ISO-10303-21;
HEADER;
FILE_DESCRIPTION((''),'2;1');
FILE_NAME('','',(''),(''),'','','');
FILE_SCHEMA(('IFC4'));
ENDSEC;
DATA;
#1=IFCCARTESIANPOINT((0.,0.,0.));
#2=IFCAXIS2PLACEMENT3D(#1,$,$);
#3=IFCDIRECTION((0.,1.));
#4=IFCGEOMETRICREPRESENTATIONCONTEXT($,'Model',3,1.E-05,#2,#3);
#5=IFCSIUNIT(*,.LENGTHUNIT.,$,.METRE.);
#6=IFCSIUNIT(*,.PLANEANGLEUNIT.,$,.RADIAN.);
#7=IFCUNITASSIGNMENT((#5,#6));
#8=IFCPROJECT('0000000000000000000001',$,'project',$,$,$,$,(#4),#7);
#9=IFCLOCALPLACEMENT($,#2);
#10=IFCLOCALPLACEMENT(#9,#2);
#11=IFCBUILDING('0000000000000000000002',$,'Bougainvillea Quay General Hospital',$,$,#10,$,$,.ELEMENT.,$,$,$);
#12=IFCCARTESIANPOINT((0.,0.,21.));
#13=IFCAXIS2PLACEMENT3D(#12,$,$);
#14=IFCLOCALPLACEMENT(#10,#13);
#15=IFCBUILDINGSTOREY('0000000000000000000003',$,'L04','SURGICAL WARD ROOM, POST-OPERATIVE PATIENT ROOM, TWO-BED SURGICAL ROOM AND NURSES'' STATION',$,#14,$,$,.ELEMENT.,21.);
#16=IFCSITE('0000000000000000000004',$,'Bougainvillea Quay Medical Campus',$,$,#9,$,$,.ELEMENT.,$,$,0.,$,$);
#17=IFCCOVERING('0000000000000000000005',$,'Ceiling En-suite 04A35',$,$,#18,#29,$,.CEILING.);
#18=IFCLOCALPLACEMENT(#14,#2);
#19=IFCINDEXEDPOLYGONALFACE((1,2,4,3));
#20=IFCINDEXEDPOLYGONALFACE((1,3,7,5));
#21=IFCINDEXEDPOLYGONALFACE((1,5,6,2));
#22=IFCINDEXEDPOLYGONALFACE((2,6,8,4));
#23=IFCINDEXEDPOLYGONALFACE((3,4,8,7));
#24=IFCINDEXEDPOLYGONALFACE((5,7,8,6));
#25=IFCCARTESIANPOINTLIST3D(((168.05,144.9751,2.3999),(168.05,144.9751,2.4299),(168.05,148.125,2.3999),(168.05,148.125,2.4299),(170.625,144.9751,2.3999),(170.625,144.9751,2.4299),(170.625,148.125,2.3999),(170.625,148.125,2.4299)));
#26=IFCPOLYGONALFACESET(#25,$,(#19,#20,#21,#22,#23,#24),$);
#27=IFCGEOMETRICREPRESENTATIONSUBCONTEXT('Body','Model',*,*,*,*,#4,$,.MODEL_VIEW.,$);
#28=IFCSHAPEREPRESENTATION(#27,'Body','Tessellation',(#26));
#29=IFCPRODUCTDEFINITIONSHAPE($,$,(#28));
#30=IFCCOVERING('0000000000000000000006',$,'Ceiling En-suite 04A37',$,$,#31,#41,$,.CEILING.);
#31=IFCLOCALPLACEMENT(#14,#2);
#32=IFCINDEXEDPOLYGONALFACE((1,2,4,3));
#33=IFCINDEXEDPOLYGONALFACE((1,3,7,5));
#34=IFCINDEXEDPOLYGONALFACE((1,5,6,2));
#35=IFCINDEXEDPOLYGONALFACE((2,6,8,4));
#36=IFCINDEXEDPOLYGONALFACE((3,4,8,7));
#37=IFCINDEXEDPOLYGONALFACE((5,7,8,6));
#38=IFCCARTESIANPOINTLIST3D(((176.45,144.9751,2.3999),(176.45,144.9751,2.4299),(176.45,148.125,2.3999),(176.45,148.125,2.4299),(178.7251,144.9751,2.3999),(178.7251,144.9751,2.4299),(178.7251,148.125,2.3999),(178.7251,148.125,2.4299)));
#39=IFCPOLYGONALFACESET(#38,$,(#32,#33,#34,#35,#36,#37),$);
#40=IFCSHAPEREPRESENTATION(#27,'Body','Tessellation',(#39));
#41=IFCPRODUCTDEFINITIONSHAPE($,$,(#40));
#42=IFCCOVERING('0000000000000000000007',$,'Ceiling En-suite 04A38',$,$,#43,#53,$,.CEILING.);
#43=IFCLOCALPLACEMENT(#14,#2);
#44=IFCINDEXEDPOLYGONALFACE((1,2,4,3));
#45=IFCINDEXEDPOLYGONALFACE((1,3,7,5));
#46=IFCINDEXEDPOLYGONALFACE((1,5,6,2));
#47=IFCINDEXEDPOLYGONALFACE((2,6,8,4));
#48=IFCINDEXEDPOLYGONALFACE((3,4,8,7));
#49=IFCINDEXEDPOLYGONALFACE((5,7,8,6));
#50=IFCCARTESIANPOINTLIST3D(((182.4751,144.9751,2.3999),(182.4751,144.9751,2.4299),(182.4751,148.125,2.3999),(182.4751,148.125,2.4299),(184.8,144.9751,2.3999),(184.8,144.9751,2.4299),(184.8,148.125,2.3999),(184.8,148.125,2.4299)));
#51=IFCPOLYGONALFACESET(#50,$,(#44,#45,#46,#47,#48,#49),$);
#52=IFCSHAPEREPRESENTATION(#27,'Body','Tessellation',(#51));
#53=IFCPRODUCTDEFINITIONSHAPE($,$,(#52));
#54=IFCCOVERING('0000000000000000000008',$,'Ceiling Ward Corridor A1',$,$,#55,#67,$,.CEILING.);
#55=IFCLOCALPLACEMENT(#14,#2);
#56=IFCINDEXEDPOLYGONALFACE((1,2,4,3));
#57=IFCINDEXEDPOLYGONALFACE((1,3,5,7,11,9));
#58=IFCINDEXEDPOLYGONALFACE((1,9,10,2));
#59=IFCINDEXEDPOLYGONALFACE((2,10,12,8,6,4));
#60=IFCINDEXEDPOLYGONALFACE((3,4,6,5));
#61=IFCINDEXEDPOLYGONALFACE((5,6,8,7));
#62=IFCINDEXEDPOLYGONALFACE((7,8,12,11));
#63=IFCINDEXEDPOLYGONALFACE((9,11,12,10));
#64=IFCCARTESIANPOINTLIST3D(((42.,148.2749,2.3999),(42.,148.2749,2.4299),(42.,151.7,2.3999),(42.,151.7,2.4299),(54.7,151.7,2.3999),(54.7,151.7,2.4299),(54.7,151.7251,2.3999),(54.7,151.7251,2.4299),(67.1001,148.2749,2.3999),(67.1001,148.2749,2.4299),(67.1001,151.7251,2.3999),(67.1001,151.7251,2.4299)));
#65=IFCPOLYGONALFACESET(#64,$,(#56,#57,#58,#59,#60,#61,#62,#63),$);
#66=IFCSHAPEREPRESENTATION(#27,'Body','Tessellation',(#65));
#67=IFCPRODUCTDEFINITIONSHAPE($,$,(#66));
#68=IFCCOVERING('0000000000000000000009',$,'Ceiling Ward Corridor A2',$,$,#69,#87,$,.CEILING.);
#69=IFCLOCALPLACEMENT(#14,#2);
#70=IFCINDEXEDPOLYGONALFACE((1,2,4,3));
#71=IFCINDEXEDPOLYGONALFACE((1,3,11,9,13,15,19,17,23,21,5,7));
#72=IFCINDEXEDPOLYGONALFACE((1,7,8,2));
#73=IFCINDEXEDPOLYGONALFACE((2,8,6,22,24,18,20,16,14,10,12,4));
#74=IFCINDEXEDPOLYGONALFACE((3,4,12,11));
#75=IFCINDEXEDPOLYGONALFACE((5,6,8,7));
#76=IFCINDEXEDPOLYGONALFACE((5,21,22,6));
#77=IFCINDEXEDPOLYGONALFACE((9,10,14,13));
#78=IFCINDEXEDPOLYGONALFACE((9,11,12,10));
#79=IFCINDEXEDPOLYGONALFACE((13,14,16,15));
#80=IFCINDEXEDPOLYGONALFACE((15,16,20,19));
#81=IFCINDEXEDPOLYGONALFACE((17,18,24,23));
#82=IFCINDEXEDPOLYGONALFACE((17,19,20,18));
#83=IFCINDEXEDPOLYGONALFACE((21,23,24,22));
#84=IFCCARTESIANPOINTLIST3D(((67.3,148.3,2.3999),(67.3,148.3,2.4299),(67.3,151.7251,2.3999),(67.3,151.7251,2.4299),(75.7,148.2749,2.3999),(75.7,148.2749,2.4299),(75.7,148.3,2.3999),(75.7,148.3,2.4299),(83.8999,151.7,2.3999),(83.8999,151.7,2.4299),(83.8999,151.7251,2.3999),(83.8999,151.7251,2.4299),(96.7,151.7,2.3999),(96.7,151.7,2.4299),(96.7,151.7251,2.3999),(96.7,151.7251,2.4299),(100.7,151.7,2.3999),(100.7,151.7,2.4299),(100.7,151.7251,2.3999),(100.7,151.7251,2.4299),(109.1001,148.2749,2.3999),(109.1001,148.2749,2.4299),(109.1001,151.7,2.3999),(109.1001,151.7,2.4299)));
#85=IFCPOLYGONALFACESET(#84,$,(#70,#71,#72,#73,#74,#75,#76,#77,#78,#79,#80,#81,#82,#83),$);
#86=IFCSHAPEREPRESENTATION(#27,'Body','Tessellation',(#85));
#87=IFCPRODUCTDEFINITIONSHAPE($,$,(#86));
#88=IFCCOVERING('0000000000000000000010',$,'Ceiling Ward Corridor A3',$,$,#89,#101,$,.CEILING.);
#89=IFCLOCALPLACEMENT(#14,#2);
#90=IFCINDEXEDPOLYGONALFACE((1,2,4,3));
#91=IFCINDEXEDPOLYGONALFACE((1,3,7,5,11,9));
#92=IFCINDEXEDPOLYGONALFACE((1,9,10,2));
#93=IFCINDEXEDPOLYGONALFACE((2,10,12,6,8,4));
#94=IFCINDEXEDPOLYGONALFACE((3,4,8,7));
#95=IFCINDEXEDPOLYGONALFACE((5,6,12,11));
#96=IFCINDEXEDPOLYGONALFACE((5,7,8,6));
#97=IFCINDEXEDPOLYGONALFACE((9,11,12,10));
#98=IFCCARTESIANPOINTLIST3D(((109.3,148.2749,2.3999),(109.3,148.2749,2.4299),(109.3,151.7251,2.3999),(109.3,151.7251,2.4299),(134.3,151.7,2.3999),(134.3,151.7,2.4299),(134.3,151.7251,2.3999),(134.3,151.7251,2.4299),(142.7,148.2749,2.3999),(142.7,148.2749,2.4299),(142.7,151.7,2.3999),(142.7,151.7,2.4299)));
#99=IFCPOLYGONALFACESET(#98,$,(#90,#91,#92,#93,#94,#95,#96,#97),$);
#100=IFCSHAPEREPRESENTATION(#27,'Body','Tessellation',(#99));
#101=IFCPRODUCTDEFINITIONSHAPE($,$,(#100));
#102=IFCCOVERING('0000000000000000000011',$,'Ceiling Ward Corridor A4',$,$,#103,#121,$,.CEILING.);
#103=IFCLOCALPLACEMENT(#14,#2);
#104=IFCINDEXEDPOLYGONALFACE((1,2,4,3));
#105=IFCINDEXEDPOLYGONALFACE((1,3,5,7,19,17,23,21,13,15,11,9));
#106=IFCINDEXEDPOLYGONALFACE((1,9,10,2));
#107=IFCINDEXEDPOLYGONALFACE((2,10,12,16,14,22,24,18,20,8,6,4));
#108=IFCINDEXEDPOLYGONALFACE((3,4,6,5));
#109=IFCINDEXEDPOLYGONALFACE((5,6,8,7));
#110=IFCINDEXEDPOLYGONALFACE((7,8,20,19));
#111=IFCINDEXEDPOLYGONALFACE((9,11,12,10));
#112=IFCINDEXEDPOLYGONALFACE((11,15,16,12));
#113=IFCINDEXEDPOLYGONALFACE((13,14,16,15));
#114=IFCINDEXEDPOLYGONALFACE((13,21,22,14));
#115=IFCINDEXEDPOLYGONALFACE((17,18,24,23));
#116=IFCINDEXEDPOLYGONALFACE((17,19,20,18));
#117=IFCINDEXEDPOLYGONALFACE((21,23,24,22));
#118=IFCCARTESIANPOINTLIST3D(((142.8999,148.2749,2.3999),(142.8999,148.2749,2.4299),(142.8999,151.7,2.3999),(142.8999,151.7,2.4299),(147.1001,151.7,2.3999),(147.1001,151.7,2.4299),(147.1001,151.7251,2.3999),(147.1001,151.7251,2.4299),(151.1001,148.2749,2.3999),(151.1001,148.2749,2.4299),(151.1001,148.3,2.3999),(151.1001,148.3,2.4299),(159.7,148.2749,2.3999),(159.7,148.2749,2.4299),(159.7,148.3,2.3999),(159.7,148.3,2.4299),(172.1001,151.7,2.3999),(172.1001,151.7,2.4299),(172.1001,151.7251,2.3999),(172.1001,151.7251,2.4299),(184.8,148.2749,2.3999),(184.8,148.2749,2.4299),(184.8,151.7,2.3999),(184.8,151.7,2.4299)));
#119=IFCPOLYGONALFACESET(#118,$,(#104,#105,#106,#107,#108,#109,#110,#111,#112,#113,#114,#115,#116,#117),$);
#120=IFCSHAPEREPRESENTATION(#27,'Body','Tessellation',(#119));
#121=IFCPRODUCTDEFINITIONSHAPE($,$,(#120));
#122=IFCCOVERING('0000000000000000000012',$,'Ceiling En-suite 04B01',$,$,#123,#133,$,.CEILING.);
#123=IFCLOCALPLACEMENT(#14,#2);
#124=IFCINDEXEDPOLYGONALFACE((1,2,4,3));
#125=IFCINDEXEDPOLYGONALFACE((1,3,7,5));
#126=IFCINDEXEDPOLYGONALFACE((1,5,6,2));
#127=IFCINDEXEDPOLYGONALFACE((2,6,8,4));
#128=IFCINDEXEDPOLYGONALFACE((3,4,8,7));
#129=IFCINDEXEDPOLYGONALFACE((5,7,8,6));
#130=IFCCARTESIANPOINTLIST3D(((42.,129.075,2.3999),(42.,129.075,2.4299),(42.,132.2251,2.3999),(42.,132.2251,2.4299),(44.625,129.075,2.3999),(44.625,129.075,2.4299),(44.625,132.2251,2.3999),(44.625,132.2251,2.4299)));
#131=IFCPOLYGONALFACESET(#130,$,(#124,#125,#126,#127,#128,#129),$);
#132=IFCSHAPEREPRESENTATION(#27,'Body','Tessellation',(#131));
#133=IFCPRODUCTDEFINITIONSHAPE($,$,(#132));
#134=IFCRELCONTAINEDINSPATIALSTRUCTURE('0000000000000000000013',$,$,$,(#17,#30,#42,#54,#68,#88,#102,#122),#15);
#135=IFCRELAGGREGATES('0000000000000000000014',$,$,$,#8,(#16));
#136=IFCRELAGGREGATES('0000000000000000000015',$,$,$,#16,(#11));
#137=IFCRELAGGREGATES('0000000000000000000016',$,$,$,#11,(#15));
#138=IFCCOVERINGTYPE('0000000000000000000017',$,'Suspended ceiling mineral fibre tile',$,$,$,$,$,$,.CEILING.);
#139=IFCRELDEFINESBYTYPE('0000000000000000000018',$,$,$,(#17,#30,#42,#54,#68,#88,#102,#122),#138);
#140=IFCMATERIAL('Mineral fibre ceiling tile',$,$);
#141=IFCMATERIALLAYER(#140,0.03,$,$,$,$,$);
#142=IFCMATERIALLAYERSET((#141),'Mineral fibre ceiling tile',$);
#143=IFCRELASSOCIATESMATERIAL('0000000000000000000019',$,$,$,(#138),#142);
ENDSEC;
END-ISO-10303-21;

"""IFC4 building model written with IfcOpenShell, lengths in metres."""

from ifc_helpers import new_model, si_unit, direction, frame, origin, place, context, subcontext, project, spatial, polyline, outline, extrude, material, layer, layer_set, type_object, element, save


model = new_model("IFC4")

# Units and contexts
model_context = context("Model", 3, precision=1e-05, world=origin(), true_north=direction((0.0, 1.0)))
body_context = subcontext(model_context, "Body", "Model", "MODEL_VIEW")
ifc_project = project(units=[si_unit("LENGTHUNIT", "METRE"), si_unit("PLANEANGLEUNIT", "RADIAN")], contexts=[model_context])

# Site, building, storey
site_placement = place(None, origin())
site = spatial("IfcSite", under=ifc_project, at=site_placement, Name="Bougainvillea Quay Medical Campus", CompositionType="ELEMENT", RefElevation=0.0)
building_placement = place(site_placement, origin())
building = spatial("IfcBuilding", under=site, at=building_placement, Name="Bougainvillea Quay General Hospital", CompositionType="ELEMENT")
storey_placement = place(building_placement, frame((0.0, 0.0, 21.0)))
storey = spatial("IfcBuildingStorey", under=building, at=storey_placement, Name="L04", Description="SURGICAL WARD ROOM, POST-OPERATIVE PATIENT ROOM, TWO-BED SURGICAL ROOM AND NURSES' STATION", CompositionType="ELEMENT", Elevation=21.0)

# Coverings
ifc_material = material(Name="Mineral fibre ceiling tile")
ifc_layer = layer(ifc_material, 0.03)
ifc_layer_set = layer_set([ifc_layer], Name="Mineral fibre ceiling tile")
covering_type = type_object("IfcCoveringType", Name="Suspended ceiling mineral fibre tile", PredefinedType="CEILING", material=ifc_layer_set)
covering_1_placement = place(storey_placement, frame((0.0, 0.0, 2.3999)))
element("IfcCovering", 1, at=covering_1_placement, inside=storey, type_object=covering_type, Name="Ceiling En-suite 04A35", PredefinedType="CEILING", context=body_context, shape_type="SweptSolid", body=[
    extrude(outline(polyline([(168.05, 148.125), (168.05, 144.9751), (170.625, 144.9751), (170.625, 148.125), (168.05, 148.125)])), origin(), (0.0, 0.0, 1.0), 0.03),
])
covering_2_placement = place(storey_placement, frame((0.0, 0.0, 2.3999)))
element("IfcCovering", 2, at=covering_2_placement, inside=storey, type_object=covering_type, Name="Ceiling En-suite 04A37", PredefinedType="CEILING", context=body_context, shape_type="SweptSolid", body=[
    extrude(outline(polyline([(178.7251, 148.125), (176.45, 148.125), (176.45, 144.9751), (178.7251, 144.9751), (178.7251, 148.125)])), origin(), (0.0, 0.0, 1.0), 0.03),
])
covering_3_placement = place(storey_placement, frame((0.0, 0.0, 2.3999)))
element("IfcCovering", 3, at=covering_3_placement, inside=storey, type_object=covering_type, Name="Ceiling En-suite 04A38", PredefinedType="CEILING", context=body_context, shape_type="SweptSolid", body=[
    extrude(outline(polyline([(184.8, 148.125), (182.4751, 148.125), (182.4751, 144.9751), (184.8, 144.9751), (184.8, 148.125)])), origin(), (0.0, 0.0, 1.0), 0.03),
])
covering_4_placement = place(storey_placement, frame((0.0, 0.0, 2.3999)))
element("IfcCovering", 4, at=covering_4_placement, inside=storey, type_object=covering_type, Name="Ceiling Ward Corridor A1", PredefinedType="CEILING", context=body_context, shape_type="SweptSolid", body=[
    extrude(outline(polyline([(42.0, 148.2749), (67.1001, 148.2749), (67.1001, 151.7251), (54.7, 151.7251), (54.7, 151.7), (42.0, 151.7), (42.0, 148.2749)])), origin(), (0.0, 0.0, 1.0), 0.03),
])
covering_5_placement = place(storey_placement, frame((0.0, 0.0, 2.3999)))
element("IfcCovering", 5, at=covering_5_placement, inside=storey, type_object=covering_type, Name="Ceiling Ward Corridor A2", PredefinedType="CEILING", context=body_context, shape_type="SweptSolid", body=[
    extrude(outline(polyline([(109.1001, 151.7), (100.7, 151.7), (100.7, 151.7251), (96.7, 151.7251), (96.7, 151.7), (83.8999, 151.7), (83.8999, 151.7251), (67.3, 151.7251), (67.3, 148.3), (75.7, 148.3), (75.7, 148.2749), (109.1001, 148.2749), (109.1001, 151.7)])), origin(), (0.0, 0.0, 1.0), 0.03),
])
covering_6_placement = place(storey_placement, frame((0.0, 0.0, 2.3999)))
element("IfcCovering", 6, at=covering_6_placement, inside=storey, type_object=covering_type, Name="Ceiling Ward Corridor A3", PredefinedType="CEILING", context=body_context, shape_type="SweptSolid", body=[
    extrude(outline(polyline([(109.3, 148.2749), (142.7, 148.2749), (142.7, 151.7), (134.3, 151.7), (134.3, 151.7251), (109.3, 151.7251), (109.3, 148.2749)])), origin(), (0.0, 0.0, 1.0), 0.03),
])
covering_7_placement = place(storey_placement, frame((0.0, 0.0, 2.3999)))
element("IfcCovering", 7, at=covering_7_placement, inside=storey, type_object=covering_type, Name="Ceiling Ward Corridor A4", PredefinedType="CEILING", context=body_context, shape_type="SweptSolid", body=[
    extrude(outline(polyline([(184.8, 151.7), (172.1001, 151.7), (172.1001, 151.7251), (147.1001, 151.7251), (147.1001, 151.7), (142.8999, 151.7), (142.8999, 148.2749), (151.1001, 148.2749), (151.1001, 148.3), (159.7, 148.3), (159.7, 148.2749), (184.8, 148.2749), (184.8, 151.7)])), origin(), (0.0, 0.0, 1.0), 0.03),
])
covering_8_placement = place(storey_placement, frame((0.0, 0.0, 2.3999)))
element("IfcCovering", 8, at=covering_8_placement, inside=storey, type_object=covering_type, Name="Ceiling En-suite 04B01", PredefinedType="CEILING", context=body_context, shape_type="SweptSolid", body=[
    extrude(outline(polyline([(42.0, 129.075), (44.625, 129.075), (44.625, 132.2251), (42.0, 132.2251), (42.0, 129.075)])), origin(), (0.0, 0.0, 1.0), 0.03),
])

save(model, "model.ifc")
